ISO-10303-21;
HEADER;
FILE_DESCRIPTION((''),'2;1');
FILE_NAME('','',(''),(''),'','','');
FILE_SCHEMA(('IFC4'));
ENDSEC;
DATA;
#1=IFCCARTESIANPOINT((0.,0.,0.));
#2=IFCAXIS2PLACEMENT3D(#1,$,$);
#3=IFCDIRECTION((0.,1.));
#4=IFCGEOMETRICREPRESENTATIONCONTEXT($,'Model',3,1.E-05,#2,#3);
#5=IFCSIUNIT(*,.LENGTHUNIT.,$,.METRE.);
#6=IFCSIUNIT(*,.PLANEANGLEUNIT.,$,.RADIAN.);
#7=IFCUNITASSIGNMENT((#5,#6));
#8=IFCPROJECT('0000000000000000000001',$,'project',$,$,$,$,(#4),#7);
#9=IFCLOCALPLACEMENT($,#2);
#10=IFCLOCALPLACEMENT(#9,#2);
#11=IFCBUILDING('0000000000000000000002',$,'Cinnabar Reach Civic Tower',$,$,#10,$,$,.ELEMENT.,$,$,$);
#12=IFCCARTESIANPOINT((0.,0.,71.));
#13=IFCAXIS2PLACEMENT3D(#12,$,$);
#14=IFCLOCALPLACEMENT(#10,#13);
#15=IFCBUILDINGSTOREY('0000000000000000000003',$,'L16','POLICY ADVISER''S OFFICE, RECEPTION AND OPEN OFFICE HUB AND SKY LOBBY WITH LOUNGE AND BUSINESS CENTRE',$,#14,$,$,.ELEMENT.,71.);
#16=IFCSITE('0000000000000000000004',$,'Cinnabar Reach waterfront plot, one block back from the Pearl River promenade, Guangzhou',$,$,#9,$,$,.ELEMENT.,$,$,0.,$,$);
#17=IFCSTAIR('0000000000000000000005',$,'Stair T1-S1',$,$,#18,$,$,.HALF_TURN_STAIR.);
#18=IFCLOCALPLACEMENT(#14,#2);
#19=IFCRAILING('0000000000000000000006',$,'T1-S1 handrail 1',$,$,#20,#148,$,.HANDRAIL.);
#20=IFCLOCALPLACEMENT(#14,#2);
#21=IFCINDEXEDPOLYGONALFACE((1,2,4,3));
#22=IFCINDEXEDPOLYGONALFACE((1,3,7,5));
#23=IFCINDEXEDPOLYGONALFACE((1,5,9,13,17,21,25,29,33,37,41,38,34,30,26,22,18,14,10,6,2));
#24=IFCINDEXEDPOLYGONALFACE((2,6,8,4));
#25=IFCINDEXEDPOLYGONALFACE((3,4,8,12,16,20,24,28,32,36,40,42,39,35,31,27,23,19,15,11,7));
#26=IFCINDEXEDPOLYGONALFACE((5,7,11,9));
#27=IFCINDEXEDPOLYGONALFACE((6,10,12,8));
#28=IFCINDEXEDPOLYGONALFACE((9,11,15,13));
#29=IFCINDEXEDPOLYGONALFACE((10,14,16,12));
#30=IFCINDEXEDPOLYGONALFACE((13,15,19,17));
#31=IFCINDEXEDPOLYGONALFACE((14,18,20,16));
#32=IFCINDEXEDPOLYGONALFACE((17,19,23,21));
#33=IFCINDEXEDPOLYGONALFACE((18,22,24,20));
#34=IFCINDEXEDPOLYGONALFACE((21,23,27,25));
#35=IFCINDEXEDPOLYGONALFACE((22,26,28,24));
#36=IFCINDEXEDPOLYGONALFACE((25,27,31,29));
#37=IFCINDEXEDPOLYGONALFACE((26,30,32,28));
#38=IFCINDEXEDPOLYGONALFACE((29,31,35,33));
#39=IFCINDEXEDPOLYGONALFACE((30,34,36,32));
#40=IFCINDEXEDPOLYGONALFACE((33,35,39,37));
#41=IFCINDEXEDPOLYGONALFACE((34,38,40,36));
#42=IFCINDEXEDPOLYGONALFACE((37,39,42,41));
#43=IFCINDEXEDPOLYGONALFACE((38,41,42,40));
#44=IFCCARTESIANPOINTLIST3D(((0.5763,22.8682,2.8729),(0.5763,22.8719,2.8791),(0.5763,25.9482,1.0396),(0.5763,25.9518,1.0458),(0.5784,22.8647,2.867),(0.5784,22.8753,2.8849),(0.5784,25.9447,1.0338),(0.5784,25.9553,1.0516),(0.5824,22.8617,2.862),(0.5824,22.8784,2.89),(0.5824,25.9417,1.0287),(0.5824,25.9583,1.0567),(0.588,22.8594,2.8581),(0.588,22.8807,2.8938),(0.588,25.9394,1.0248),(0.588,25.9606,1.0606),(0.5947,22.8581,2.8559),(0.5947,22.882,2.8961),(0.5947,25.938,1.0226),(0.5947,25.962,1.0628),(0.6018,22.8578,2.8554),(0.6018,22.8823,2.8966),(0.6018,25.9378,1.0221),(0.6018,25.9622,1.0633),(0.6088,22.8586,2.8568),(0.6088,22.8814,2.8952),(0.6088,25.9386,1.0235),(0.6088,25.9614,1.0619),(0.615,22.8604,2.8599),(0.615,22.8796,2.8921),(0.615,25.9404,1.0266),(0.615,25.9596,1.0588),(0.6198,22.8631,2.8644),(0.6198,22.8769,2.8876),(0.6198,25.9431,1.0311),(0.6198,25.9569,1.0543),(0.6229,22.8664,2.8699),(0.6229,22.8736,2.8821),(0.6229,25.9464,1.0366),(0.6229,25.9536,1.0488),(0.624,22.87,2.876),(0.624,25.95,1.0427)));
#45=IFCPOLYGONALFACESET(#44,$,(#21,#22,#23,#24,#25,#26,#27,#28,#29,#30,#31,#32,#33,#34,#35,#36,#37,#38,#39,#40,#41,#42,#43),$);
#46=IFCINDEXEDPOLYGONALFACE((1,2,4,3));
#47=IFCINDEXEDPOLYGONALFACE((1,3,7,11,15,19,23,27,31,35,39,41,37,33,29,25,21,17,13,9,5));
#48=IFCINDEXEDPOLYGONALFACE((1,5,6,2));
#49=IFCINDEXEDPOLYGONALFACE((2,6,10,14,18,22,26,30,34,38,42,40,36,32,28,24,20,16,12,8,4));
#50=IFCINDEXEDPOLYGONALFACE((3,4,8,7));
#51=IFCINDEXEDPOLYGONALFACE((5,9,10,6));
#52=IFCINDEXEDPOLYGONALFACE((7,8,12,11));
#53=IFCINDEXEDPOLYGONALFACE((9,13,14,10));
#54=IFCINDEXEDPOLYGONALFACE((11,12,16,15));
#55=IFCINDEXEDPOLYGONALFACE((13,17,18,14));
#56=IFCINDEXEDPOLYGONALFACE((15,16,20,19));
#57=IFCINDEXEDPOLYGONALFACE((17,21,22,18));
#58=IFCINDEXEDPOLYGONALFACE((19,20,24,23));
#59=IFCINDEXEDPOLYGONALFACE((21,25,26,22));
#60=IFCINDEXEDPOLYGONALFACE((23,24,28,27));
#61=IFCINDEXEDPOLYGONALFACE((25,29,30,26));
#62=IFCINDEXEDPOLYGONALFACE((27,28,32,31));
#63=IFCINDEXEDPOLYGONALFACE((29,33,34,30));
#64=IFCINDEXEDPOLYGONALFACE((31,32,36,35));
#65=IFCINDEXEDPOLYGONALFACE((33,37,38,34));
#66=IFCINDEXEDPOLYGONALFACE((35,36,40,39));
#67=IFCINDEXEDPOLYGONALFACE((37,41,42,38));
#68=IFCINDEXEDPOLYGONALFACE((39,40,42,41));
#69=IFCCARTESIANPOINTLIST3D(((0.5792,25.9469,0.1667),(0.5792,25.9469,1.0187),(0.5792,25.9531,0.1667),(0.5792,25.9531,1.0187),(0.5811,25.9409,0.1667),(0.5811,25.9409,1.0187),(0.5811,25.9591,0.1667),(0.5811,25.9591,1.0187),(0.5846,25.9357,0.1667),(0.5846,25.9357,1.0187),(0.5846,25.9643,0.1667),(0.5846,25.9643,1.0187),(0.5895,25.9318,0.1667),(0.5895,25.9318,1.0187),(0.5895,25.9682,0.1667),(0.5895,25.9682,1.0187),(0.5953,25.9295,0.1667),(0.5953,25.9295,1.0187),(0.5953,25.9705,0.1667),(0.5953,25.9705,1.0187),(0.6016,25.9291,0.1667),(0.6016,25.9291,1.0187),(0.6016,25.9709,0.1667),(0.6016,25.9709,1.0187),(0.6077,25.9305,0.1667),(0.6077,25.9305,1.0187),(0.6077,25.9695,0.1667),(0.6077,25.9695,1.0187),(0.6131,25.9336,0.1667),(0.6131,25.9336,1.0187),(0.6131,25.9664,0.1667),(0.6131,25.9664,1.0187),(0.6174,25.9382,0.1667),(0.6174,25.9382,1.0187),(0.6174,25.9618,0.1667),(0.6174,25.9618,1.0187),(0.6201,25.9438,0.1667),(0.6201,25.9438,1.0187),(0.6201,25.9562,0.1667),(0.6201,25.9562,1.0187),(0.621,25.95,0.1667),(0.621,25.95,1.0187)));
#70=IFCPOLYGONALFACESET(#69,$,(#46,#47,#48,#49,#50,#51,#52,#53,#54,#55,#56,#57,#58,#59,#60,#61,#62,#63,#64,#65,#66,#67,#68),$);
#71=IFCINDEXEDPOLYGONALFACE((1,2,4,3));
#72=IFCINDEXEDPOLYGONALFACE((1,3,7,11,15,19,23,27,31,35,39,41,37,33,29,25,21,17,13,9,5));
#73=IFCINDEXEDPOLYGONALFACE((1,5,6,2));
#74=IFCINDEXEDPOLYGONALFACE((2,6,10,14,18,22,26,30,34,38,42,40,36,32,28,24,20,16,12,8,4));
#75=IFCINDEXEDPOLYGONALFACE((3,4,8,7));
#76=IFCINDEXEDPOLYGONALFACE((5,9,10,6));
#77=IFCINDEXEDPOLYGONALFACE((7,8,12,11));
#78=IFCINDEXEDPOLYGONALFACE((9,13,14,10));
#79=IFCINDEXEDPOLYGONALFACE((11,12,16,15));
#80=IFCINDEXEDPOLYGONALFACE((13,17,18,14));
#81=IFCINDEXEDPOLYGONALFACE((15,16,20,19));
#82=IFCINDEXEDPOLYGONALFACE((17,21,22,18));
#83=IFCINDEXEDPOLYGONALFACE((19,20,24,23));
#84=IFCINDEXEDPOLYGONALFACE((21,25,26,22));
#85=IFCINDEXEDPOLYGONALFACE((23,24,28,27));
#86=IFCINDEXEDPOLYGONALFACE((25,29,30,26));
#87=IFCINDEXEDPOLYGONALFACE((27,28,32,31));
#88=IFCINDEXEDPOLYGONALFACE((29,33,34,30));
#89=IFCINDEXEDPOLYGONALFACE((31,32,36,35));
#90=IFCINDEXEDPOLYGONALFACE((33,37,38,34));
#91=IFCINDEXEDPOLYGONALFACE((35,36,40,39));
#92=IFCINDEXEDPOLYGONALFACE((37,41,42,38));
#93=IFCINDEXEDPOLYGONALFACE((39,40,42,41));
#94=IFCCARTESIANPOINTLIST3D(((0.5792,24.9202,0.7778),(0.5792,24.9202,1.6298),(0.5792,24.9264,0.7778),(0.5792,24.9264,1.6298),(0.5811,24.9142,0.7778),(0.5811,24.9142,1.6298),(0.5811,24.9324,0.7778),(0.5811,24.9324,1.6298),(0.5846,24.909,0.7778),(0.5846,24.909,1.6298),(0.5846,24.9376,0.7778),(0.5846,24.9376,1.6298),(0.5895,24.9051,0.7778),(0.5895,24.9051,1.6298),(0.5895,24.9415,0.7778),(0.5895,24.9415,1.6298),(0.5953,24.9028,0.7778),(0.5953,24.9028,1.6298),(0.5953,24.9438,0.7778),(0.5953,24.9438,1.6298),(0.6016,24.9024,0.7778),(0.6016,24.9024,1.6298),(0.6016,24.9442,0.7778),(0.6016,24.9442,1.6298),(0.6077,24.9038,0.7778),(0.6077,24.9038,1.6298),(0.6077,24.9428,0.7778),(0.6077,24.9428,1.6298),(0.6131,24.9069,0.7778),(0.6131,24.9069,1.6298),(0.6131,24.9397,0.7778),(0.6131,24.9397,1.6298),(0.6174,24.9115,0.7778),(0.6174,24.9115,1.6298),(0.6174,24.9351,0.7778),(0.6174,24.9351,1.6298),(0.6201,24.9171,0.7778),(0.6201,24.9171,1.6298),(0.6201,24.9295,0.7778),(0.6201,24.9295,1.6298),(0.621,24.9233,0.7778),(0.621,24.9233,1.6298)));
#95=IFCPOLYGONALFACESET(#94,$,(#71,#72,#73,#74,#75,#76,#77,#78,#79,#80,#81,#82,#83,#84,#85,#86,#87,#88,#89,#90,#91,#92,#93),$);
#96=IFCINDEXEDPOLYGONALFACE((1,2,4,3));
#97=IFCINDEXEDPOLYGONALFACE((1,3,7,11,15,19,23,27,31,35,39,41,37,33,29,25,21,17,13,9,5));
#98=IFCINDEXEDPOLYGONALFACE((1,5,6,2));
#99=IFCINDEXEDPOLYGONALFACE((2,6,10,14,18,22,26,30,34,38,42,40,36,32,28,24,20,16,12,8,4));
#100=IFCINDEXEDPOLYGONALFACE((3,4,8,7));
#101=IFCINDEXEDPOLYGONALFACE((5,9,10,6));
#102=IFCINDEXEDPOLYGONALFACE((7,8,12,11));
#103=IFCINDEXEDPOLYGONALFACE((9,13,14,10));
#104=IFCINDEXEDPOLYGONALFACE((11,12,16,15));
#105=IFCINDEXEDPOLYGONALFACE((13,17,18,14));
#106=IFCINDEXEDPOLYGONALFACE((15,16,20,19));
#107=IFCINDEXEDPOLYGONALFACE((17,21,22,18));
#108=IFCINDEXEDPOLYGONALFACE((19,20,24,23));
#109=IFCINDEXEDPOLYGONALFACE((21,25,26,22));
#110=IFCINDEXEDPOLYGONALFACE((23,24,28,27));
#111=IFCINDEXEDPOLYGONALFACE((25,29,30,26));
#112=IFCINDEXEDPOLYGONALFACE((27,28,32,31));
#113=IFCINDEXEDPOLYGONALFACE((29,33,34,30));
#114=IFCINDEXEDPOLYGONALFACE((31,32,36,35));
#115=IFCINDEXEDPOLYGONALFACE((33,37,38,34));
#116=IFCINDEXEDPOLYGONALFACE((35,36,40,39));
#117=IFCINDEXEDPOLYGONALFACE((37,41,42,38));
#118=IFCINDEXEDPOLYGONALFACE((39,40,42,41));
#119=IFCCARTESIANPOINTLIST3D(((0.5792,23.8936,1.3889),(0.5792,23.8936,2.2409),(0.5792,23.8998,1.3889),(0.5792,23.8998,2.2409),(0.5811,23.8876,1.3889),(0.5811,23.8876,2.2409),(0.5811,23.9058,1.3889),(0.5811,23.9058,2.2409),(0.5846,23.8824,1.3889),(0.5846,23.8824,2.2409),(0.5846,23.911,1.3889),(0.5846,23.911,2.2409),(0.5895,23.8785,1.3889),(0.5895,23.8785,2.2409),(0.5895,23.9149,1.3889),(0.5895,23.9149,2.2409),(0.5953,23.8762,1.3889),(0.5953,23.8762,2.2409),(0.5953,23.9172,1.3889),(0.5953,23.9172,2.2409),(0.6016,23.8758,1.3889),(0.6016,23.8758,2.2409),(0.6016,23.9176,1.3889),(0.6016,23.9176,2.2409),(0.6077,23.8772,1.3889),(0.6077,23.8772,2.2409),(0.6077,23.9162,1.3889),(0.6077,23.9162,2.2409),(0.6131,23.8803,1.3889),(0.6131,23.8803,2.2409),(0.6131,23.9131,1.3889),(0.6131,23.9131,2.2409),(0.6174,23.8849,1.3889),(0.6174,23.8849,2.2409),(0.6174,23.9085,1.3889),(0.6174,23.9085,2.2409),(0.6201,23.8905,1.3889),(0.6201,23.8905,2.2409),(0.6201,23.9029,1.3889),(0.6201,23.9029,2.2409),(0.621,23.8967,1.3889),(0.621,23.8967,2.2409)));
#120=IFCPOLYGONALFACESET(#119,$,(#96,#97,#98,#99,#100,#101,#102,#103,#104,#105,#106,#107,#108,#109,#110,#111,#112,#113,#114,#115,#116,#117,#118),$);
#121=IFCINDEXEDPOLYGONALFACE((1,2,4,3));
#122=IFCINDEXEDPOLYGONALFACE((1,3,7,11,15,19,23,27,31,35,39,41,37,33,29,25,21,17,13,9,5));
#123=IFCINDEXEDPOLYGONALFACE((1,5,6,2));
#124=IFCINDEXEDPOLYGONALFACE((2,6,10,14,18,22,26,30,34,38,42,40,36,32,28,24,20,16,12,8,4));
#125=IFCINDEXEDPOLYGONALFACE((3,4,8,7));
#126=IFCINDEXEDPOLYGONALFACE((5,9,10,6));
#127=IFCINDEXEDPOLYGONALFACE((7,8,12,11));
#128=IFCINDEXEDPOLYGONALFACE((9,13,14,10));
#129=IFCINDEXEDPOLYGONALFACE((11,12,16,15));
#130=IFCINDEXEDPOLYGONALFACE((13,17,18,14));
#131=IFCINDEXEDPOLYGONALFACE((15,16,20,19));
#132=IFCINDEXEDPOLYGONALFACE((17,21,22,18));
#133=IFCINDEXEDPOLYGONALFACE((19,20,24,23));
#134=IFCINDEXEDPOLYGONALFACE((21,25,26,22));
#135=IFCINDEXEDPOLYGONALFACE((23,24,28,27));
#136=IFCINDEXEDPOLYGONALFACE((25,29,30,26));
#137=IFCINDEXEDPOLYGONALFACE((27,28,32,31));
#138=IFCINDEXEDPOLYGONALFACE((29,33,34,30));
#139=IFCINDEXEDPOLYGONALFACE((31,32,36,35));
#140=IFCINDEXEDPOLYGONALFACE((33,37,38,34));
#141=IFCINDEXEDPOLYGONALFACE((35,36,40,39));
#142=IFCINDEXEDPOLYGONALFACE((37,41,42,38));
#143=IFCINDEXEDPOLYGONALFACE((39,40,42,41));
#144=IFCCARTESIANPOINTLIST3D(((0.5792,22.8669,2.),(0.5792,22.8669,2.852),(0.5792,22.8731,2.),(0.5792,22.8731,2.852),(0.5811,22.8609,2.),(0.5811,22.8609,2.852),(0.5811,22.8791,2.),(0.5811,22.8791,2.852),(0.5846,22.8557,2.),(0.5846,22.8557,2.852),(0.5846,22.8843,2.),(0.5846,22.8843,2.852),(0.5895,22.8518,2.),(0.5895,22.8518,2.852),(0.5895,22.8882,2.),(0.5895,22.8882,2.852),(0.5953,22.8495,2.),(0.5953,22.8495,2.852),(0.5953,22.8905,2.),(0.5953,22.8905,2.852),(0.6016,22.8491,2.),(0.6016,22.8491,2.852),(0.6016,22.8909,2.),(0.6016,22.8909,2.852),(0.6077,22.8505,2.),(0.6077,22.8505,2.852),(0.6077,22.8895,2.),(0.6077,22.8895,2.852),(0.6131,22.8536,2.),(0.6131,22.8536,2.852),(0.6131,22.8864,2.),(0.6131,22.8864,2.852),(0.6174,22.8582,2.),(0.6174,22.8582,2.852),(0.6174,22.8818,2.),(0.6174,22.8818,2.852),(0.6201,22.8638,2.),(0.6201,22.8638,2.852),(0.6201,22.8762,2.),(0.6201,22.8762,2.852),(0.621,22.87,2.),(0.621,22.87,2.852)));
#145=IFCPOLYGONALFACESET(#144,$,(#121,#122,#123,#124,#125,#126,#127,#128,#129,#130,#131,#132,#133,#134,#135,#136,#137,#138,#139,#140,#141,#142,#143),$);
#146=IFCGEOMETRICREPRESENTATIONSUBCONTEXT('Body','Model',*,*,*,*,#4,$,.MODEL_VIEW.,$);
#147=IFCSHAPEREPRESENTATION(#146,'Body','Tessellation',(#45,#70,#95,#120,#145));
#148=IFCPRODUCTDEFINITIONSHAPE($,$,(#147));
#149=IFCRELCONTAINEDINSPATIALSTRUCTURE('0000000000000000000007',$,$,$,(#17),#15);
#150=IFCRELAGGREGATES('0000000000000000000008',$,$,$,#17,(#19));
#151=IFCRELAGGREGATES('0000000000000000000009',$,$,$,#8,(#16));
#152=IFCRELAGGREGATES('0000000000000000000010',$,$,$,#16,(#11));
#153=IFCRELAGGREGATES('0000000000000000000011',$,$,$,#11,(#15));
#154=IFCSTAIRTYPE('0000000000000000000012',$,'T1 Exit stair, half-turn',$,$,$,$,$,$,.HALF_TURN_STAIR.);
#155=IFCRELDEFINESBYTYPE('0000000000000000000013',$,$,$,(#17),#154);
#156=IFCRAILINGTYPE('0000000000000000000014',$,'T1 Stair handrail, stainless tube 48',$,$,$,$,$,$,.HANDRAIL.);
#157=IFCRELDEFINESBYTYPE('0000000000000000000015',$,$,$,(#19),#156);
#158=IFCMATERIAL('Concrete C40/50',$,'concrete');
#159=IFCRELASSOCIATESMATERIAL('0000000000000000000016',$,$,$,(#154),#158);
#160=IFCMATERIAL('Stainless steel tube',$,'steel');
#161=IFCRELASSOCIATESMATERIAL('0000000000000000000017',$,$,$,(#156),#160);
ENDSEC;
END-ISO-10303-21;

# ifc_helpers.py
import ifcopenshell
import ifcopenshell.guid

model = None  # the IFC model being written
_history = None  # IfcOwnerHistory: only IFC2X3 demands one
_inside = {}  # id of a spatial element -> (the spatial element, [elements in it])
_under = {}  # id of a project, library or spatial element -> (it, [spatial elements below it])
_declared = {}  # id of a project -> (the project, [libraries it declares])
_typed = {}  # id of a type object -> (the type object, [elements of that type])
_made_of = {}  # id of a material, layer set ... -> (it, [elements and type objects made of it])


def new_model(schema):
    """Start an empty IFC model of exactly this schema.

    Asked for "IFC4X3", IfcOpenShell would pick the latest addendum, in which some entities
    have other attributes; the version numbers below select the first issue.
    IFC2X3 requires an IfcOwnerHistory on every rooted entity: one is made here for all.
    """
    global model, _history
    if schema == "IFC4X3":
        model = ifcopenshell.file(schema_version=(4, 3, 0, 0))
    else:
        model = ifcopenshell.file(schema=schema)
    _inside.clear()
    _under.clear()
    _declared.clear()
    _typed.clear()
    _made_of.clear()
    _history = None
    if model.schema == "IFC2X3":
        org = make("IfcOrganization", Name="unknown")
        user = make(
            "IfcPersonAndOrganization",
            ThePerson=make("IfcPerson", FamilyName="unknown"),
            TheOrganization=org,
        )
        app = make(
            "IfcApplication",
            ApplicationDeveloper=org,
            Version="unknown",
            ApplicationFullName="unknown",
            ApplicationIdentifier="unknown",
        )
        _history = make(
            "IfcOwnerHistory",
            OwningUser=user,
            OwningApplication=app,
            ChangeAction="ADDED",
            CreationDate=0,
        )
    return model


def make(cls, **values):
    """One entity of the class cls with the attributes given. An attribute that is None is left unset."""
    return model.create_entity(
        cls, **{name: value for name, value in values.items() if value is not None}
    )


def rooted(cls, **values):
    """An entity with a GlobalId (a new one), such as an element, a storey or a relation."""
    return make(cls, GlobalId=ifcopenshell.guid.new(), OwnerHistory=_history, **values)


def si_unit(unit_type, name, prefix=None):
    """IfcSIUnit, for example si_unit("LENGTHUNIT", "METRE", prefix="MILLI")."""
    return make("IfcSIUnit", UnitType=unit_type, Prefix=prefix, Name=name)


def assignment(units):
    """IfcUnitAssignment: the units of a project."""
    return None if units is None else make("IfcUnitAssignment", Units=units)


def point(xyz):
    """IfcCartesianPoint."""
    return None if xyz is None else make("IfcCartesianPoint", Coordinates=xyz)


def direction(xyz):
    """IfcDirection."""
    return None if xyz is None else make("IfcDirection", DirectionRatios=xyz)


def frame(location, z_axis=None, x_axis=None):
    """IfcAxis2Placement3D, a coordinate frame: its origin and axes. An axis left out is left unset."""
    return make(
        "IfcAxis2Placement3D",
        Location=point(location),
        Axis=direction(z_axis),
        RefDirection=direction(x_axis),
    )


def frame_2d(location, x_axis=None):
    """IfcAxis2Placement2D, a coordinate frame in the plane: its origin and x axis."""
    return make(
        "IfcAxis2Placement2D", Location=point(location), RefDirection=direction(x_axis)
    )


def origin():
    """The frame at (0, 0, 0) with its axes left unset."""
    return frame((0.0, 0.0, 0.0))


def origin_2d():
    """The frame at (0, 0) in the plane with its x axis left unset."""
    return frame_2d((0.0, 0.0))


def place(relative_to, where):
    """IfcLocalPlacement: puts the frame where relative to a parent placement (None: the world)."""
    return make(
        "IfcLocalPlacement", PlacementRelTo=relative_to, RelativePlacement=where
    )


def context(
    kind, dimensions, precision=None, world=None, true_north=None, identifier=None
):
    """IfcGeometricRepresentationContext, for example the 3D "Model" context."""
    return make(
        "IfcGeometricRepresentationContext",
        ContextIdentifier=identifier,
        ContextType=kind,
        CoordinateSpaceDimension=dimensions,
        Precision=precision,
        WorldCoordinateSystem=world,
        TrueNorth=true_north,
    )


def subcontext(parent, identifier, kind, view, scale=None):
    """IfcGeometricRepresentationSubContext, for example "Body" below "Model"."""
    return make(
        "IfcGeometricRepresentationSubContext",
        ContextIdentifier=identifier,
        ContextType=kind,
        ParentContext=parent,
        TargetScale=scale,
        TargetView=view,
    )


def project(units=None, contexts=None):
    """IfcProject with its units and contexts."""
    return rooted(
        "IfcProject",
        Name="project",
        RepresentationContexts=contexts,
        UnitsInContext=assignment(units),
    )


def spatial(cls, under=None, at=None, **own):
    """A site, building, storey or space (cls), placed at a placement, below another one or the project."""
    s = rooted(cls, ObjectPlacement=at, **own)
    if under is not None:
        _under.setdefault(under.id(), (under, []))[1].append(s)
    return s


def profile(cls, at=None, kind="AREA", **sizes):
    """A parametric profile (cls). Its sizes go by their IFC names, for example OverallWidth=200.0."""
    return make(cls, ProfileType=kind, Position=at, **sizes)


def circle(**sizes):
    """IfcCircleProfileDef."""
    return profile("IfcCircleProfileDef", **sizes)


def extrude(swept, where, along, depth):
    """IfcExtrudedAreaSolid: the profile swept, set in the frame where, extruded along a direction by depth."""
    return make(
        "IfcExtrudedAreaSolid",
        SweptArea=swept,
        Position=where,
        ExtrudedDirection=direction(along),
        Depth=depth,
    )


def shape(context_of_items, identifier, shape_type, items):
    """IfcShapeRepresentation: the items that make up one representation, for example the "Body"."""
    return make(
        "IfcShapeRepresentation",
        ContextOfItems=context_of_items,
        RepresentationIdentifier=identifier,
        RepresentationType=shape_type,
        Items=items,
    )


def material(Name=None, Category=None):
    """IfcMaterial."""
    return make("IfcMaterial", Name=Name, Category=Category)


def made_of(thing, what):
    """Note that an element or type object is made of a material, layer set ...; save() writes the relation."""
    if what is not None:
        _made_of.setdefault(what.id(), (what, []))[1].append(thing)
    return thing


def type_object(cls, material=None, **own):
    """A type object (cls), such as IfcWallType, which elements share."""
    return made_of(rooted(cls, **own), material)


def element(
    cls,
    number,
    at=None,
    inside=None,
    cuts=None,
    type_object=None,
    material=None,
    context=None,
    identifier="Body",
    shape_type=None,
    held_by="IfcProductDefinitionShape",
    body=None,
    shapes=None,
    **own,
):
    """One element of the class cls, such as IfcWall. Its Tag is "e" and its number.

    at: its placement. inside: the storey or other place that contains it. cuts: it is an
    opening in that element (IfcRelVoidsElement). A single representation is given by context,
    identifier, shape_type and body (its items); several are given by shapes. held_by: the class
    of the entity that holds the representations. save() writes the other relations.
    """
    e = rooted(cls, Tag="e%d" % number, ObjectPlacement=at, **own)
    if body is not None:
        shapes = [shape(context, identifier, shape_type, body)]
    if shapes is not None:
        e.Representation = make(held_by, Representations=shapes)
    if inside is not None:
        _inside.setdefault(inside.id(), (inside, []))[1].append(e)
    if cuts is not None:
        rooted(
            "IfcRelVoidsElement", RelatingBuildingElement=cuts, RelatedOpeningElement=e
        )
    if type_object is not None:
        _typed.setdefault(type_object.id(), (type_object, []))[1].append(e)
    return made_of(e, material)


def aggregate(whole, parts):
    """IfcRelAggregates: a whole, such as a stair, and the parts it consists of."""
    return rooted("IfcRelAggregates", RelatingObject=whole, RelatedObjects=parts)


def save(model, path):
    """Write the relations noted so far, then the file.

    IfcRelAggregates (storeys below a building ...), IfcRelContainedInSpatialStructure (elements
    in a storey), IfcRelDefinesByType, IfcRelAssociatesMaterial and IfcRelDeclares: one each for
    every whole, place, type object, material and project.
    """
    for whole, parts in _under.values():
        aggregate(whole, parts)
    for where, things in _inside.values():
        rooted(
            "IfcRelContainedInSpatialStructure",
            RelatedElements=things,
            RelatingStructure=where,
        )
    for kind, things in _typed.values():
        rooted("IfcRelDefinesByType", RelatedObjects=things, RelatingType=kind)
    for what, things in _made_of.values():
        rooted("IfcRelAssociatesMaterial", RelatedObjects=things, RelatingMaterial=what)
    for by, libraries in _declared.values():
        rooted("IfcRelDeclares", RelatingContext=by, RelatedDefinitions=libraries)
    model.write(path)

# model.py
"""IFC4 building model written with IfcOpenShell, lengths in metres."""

from ifc_helpers import new_model, si_unit, direction, frame, origin, origin_2d, place, context, subcontext, project, spatial, circle, extrude, material, type_object, element, aggregate, save


model = new_model("IFC4")

# Units and contexts
model_context = context("Model", 3, precision=1e-05, world=origin(), true_north=direction((0.0, 1.0)))
body_context = subcontext(model_context, "Body", "Model", "MODEL_VIEW")
ifc_project = project(units=[si_unit("LENGTHUNIT", "METRE"), si_unit("PLANEANGLEUNIT", "RADIAN")], contexts=[model_context])

# Site, building, storey
site_placement = place(None, origin())
site = spatial("IfcSite", under=ifc_project, at=site_placement, Name="Cinnabar Reach waterfront plot, one block back from the Pearl River promenade, Guangzhou", CompositionType="ELEMENT", RefElevation=0.0)
building_placement = place(site_placement, origin())
building = spatial("IfcBuilding", under=site, at=building_placement, Name="Cinnabar Reach Civic Tower", CompositionType="ELEMENT")
storey_placement = place(building_placement, frame((0.0, 0.0, 71.0)))
storey = spatial("IfcBuildingStorey", under=building, at=storey_placement, Name="L16", Description="POLICY ADVISER'S OFFICE, RECEPTION AND OPEN OFFICE HUB AND SKY LOBBY WITH LOUNGE AND BUSINESS CENTRE", CompositionType="ELEMENT", Elevation=71.0)

# Shared definitions
ifc_material_1 = material(Name="Concrete C40/50", Category="concrete")

# Stair, railing
stair_type = type_object("IfcStairType", Name="T1 Exit stair, half-turn", PredefinedType="HALF_TURN_STAIR", material=ifc_material_1)
stair_placement = place(storey_placement, origin())
stair = element("IfcStair", 1, at=stair_placement, inside=storey, type_object=stair_type, Name="Stair T1-S1", PredefinedType="HALF_TURN_STAIR")
ifc_material_2 = material(Name="Stainless steel tube", Category="steel")
railing_type = type_object("IfcRailingType", Name="T1 Stair handrail, stainless tube 48", PredefinedType="HANDRAIL", material=ifc_material_2)
railing_placement = place(storey_placement, frame((0.6, 25.95, 0.1667)))
railing = element("IfcRailing", 2, at=railing_placement, type_object=railing_type, Name="T1-S1 handrail 1", PredefinedType="HANDRAIL", context=body_context, shape_type="SweptSolid", body=[
    extrude(circle(Radius=0.024, at=origin_2d()), frame((0.0, 0.0, 0.876), z_axis=(0.0, -0.859297, 0.511477), x_axis=(1.0, 0.0, 0.0)), (0.0, 0.0, 1.0), 3.5843),
    extrude(circle(Radius=0.021, at=origin_2d()), origin(), (0.0, 0.0, 1.0), 0.852),
    extrude(circle(Radius=0.021, at=origin_2d()), frame((0.0, -1.0267, 0.6111)), (0.0, 0.0, 1.0), 0.852),
    extrude(circle(Radius=0.021, at=origin_2d()), frame((0.0, -2.0533, 1.2222)), (0.0, 0.0, 1.0), 0.852),
    extrude(circle(Radius=0.021, at=origin_2d()), frame((0.0, -3.08, 1.8333)), (0.0, 0.0, 1.0), 0.852),
])
aggregate(stair, [railing])

save(model, "model.ifc")
